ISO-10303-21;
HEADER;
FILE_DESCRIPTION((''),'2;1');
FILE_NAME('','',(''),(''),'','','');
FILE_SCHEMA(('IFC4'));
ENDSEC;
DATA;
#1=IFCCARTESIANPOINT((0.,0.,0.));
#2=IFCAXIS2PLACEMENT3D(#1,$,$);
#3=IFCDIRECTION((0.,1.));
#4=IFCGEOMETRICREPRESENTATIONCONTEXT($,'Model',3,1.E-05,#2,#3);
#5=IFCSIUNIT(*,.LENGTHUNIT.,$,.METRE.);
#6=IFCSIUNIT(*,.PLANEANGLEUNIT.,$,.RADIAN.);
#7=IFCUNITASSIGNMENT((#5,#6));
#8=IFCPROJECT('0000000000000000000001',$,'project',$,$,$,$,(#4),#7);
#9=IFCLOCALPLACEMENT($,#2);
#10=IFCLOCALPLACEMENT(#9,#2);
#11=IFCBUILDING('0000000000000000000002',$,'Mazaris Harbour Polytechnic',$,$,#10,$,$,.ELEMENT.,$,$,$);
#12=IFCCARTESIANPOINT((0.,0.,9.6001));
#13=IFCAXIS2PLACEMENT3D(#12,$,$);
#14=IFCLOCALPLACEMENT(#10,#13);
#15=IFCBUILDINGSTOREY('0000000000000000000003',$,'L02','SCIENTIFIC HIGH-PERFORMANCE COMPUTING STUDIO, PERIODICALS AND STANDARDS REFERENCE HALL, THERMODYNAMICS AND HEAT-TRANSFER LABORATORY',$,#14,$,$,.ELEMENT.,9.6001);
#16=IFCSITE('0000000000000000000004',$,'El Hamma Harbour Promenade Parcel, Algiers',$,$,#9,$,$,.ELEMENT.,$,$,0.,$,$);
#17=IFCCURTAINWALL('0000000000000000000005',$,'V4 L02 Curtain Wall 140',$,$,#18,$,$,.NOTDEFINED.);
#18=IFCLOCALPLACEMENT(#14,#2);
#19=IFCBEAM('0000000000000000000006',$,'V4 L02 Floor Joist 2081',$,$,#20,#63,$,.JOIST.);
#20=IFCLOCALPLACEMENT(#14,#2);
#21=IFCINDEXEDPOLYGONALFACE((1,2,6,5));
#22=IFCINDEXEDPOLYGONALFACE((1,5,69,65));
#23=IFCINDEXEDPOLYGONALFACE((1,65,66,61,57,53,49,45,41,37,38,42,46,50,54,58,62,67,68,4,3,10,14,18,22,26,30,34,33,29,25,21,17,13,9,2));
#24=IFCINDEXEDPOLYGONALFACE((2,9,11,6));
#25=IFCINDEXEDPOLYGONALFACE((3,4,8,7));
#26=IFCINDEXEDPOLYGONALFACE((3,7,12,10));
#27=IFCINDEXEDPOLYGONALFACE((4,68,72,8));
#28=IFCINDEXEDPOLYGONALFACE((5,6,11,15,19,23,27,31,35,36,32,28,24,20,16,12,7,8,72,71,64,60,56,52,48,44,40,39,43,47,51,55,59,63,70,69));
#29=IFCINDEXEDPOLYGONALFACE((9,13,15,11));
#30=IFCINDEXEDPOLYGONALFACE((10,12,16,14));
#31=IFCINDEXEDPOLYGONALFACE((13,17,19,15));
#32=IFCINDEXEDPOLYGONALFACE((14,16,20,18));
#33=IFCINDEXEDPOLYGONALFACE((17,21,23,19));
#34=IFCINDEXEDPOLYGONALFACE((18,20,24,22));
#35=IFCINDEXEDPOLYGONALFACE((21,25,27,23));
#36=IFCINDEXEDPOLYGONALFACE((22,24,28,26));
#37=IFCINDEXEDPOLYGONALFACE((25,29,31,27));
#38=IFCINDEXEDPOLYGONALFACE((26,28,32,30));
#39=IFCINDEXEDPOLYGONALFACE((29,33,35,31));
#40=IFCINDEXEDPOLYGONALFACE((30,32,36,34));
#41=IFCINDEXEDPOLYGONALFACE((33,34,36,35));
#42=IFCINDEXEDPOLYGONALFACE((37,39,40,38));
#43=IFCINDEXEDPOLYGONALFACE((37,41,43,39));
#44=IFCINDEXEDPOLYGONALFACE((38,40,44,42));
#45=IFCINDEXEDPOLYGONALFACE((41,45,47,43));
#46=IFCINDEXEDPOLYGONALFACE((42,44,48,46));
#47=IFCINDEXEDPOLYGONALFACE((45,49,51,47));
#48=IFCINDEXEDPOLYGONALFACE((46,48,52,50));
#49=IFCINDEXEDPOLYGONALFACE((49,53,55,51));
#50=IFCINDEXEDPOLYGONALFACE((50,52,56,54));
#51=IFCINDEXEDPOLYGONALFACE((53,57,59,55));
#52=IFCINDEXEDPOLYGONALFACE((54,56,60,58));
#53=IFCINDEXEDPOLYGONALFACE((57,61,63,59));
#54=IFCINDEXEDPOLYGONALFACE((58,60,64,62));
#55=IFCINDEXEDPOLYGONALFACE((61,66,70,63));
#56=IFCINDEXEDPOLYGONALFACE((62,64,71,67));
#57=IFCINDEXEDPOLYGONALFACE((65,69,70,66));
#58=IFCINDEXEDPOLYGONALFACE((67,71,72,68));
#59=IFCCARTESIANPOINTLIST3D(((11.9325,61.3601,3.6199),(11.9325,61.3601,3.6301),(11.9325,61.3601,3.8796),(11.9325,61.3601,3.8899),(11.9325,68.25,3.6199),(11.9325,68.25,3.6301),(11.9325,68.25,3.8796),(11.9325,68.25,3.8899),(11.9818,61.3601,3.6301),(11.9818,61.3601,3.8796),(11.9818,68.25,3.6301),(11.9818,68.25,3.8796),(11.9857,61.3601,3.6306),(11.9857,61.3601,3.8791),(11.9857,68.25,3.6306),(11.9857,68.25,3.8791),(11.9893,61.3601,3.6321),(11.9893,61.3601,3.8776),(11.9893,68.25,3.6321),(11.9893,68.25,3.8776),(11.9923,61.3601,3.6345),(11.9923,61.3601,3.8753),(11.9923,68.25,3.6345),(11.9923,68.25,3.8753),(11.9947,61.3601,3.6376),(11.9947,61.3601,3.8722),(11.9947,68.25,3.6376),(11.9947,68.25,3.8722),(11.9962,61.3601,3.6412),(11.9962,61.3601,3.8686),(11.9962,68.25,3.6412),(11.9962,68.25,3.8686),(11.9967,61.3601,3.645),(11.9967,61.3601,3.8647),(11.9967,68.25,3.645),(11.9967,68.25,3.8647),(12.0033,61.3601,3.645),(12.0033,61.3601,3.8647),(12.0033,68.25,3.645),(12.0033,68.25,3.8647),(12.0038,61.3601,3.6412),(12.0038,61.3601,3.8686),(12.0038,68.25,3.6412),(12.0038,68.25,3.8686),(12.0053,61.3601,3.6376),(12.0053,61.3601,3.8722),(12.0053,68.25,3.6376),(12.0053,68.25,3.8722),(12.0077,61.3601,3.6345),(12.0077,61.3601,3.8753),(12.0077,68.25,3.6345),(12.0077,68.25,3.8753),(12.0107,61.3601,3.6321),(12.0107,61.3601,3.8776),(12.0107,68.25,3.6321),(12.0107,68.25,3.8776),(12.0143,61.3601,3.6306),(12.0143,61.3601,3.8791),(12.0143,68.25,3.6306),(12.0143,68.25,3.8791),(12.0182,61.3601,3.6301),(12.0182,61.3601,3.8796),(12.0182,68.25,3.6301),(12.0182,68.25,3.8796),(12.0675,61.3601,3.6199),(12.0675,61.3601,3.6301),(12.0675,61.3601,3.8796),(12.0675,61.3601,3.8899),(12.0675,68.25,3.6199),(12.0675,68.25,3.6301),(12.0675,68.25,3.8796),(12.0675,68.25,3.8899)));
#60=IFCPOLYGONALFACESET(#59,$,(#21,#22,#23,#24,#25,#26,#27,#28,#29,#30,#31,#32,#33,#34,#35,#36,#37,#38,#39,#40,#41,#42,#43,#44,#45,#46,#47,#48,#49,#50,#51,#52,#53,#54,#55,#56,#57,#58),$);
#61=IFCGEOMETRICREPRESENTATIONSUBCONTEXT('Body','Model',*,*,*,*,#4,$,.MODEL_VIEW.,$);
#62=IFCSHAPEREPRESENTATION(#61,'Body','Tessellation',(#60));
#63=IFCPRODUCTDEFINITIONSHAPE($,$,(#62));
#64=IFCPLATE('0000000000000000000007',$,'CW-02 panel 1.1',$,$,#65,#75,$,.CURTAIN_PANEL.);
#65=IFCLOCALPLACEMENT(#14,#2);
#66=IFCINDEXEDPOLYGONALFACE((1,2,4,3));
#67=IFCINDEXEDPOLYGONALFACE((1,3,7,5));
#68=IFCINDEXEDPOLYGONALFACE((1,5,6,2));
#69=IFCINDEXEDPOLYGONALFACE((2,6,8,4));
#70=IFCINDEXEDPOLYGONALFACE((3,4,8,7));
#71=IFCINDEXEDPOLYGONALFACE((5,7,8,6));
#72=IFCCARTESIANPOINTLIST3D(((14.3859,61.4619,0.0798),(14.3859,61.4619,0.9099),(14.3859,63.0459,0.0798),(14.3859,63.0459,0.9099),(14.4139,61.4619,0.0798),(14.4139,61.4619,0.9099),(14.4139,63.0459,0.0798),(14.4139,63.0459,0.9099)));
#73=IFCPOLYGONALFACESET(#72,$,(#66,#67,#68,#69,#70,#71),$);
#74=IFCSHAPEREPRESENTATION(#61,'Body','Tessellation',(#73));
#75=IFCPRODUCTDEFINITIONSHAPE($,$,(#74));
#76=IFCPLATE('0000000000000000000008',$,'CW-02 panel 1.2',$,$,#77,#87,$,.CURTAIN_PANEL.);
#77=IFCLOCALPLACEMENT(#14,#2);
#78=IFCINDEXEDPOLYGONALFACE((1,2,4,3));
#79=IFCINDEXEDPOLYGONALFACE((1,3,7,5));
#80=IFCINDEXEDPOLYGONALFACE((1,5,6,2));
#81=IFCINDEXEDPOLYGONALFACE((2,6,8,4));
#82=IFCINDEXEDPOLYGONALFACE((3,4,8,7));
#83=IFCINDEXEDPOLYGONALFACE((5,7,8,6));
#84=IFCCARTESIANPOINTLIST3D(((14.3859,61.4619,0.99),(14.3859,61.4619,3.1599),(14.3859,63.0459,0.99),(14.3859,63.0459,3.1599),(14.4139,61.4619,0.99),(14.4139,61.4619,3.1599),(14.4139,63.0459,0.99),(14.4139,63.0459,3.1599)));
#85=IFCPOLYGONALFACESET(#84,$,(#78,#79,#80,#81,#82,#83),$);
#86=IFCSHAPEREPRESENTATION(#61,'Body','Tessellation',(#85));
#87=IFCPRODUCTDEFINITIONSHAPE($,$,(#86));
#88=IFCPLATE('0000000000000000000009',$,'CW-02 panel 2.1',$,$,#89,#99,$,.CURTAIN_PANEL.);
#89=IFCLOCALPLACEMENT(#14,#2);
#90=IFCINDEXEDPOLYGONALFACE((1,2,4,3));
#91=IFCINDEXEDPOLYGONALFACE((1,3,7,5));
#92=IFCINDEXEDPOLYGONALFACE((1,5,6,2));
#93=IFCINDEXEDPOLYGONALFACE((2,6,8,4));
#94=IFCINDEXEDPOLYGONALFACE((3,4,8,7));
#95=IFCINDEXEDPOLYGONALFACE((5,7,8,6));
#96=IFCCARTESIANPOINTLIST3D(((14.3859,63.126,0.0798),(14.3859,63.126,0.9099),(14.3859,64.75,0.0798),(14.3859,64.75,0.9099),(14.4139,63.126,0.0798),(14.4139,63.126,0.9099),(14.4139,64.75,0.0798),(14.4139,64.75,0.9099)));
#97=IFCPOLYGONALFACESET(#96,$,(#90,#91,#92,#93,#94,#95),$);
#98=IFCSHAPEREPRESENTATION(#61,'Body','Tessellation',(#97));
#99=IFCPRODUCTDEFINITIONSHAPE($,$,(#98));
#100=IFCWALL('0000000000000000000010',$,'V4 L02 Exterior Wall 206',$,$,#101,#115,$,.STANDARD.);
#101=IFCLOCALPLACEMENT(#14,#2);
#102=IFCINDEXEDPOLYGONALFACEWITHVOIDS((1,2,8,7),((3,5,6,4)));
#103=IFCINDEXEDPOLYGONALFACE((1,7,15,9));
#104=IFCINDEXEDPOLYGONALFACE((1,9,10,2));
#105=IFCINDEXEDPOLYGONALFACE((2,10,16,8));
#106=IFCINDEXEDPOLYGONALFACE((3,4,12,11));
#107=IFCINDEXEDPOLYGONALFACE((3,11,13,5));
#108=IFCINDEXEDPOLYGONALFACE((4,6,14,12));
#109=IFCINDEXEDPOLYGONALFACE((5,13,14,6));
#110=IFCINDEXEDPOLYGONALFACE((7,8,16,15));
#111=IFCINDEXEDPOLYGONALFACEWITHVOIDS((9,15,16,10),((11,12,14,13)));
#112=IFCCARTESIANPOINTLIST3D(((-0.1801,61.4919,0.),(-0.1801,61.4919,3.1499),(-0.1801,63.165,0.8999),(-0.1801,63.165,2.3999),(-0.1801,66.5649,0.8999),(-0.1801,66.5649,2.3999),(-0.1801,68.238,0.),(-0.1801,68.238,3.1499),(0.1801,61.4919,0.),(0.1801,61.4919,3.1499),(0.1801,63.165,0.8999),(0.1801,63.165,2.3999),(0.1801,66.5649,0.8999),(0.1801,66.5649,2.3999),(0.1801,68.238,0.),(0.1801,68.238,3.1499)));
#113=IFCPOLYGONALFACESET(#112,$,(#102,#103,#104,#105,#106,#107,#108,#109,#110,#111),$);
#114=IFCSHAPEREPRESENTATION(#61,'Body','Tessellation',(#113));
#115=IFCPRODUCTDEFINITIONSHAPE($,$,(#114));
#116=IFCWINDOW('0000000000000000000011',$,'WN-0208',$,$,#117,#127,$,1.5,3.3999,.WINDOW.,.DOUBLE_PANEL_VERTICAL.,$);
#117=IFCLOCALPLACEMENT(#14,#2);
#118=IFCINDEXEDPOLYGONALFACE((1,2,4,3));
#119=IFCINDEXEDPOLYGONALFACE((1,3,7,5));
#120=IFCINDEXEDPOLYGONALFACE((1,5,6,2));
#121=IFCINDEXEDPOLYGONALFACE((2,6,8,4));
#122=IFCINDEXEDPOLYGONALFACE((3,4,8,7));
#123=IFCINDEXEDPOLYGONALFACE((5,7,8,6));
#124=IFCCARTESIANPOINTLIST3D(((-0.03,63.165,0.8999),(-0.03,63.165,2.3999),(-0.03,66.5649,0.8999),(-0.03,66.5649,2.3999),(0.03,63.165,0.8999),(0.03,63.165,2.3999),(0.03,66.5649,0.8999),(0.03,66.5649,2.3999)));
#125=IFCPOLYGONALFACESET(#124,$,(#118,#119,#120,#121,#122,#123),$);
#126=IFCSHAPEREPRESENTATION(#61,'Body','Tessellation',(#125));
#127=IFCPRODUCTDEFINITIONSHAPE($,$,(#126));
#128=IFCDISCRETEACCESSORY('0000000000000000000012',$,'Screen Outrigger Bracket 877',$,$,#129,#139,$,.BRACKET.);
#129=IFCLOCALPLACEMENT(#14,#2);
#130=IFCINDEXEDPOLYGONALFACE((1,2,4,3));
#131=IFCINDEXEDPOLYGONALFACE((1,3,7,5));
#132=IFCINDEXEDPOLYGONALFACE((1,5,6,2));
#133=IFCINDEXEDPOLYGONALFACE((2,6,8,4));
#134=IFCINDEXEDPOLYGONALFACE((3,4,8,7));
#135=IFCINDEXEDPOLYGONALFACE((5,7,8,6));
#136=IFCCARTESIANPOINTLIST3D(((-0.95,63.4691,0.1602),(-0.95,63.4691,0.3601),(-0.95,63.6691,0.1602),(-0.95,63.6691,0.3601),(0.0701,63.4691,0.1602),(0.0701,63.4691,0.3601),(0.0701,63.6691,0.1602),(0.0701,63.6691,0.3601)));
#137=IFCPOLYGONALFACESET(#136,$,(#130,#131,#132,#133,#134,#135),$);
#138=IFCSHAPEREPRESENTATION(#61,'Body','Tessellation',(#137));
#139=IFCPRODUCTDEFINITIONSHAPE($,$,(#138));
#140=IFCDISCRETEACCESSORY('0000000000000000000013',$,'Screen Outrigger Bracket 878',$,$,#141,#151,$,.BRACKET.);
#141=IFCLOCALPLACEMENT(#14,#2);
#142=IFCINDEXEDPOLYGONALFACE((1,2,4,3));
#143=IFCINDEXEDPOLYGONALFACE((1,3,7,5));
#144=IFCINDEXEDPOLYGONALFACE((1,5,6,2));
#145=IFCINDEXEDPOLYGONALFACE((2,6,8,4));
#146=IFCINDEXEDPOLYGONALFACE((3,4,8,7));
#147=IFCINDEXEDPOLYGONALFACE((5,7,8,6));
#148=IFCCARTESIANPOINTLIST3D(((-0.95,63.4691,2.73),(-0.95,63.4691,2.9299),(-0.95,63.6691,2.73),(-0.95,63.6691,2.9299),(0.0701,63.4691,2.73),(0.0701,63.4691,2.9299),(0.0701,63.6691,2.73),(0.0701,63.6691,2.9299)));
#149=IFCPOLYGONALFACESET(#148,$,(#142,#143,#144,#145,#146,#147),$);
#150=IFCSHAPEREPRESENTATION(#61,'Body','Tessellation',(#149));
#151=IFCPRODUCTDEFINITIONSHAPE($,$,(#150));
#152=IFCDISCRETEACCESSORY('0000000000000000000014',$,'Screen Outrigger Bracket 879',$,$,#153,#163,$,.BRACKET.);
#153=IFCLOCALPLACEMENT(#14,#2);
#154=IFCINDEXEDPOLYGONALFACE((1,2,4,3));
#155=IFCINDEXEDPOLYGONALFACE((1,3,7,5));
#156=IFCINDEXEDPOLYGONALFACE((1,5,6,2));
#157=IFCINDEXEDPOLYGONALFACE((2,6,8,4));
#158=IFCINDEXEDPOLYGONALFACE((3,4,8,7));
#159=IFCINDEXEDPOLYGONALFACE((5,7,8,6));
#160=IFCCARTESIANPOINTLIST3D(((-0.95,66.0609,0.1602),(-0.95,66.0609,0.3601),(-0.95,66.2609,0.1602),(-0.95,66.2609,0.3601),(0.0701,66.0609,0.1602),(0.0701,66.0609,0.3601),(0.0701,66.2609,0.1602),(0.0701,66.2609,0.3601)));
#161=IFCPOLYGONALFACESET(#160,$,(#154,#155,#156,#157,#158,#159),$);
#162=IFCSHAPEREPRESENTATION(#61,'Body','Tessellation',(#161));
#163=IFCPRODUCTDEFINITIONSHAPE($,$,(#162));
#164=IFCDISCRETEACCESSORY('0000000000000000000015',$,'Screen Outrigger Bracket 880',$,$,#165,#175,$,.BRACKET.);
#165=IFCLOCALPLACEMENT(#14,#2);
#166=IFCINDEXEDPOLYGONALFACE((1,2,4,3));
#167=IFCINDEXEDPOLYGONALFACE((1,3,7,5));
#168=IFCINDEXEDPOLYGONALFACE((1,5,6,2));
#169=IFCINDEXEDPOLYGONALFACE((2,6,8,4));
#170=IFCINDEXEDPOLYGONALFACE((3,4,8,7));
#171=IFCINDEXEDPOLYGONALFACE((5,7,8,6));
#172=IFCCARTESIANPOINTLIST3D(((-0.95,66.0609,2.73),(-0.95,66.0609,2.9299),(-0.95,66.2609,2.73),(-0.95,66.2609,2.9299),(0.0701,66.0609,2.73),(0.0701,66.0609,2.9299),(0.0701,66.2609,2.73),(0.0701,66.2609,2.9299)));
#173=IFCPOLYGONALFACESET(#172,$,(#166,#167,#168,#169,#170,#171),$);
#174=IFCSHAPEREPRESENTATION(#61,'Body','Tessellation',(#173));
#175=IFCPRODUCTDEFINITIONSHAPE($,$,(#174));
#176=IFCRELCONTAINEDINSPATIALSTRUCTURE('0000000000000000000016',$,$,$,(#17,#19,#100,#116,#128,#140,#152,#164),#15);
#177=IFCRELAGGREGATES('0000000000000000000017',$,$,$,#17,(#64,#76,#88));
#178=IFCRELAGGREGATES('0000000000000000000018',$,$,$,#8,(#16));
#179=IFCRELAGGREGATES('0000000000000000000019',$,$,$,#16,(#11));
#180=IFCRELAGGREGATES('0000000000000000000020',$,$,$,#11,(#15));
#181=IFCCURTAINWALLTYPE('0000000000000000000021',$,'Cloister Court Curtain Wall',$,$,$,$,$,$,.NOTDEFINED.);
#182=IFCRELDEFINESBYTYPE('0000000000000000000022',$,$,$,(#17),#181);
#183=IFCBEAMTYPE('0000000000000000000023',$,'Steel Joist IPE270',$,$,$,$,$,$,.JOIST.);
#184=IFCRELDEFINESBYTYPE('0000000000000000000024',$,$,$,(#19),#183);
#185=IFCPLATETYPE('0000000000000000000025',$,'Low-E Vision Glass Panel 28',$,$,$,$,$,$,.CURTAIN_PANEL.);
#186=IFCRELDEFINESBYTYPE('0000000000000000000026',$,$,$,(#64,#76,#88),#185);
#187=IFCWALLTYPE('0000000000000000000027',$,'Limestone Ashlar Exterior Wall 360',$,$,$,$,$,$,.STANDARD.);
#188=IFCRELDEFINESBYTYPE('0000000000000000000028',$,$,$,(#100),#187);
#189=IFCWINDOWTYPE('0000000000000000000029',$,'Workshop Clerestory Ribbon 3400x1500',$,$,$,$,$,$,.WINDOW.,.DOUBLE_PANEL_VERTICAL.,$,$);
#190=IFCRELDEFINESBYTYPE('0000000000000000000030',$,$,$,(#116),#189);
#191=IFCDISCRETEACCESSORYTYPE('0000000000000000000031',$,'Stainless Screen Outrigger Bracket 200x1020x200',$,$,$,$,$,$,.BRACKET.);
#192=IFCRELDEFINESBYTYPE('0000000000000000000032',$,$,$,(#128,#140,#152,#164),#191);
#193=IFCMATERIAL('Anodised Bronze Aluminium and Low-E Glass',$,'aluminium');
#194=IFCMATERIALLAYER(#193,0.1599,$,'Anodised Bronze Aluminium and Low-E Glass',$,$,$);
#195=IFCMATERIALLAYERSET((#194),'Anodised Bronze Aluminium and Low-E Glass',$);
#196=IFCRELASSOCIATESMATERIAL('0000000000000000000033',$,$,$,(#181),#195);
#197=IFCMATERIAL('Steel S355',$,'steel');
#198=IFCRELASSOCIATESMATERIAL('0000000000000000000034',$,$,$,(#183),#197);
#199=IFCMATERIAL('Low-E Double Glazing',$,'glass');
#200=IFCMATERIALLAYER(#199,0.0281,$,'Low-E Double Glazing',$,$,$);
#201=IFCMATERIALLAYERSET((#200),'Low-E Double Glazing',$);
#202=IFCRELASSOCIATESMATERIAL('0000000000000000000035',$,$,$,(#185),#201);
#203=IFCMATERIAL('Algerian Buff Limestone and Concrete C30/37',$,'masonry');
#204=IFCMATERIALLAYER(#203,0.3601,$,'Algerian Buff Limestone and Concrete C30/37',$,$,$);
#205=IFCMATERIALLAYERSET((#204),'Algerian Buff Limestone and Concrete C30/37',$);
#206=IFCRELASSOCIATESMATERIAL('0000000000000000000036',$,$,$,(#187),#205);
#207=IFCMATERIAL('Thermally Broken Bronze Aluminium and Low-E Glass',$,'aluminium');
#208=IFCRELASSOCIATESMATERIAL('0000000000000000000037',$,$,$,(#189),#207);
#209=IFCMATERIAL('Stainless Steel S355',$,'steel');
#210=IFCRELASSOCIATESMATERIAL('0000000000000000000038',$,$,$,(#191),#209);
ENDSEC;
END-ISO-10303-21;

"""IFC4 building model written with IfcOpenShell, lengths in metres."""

from ifc_helpers import new_model, si_unit, direction, frame, frame_2d, origin, origin_2d, place, context, subcontext, project, spatial, rectangle, i_section, extrude, material, layer, layer_set, material_profile, profile_set, type_object, element, fill, aggregate, save


model = new_model("IFC4")

# Units and contexts
model_context = context("Model", 3, precision=1e-05, world=origin(), true_north=direction((0.0, 1.0)))
body_context = subcontext(model_context, "Body", "Model", "MODEL_VIEW")
ifc_project = project(units=[si_unit("LENGTHUNIT", "METRE"), si_unit("PLANEANGLEUNIT", "RADIAN")], contexts=[model_context])

# Site, building, storey
site_placement = place(None, origin())
site = spatial("IfcSite", under=ifc_project, at=site_placement, Name="El Hamma Harbour Promenade Parcel, Algiers", CompositionType="ELEMENT", RefElevation=0.0)
building_placement = place(site_placement, origin())
building = spatial("IfcBuilding", under=site, at=building_placement, Name="Mazaris Harbour Polytechnic", CompositionType="ELEMENT")
storey_placement = place(building_placement, frame((0.0, 0.0, 9.6001)))
storey = spatial("IfcBuildingStorey", under=building, at=storey_placement, Name="L02", Description="SCIENTIFIC HIGH-PERFORMANCE COMPUTING STUDIO, PERIODICALS AND STANDARDS REFERENCE HALL, THERMODYNAMICS AND HEAT-TRANSFER LABORATORY", CompositionType="ELEMENT", Elevation=9.6001)

# Shared definitions
ifc_material_1 = material(Name="Anodised Bronze Aluminium and Low-E Glass", Category="aluminium")
ifc_layer_1 = layer(ifc_material_1, 0.1599, Name="Anodised Bronze Aluminium and Low-E Glass")
ifc_layer_set_1 = layer_set([ifc_layer_1], Name="Anodised Bronze Aluminium and Low-E Glass")
curtain_wall_type = type_object("IfcCurtainWallType", Name="Cloister Court Curtain Wall", PredefinedType="NOTDEFINED", material=ifc_layer_set_1)

# Curtain wall
curtain_wall_1_placement = place(storey_placement, origin())
curtain_wall_1 = element("IfcCurtainWall", 1, at=curtain_wall_1_placement, inside=storey, type_object=curtain_wall_type, Name="V4 L02 Curtain Wall 140", PredefinedType="NOTDEFINED")

# Beam
ifc_material_2 = material(Name="Steel S355", Category="steel")
ifc_material_profile_1 = material_profile(ifc_material_2, i_section(OverallWidth=0.135, OverallDepth=0.27, WebThickness=0.0066, FlangeThickness=0.0103, FilletRadius=0.0149, at=origin_2d()), Name="IPE 270")
ifc_profile_set_1 = profile_set([ifc_material_profile_1], Name="Steel S355")
beam_type_1 = type_object("IfcBeamType", Name="Steel Joist IPE270", PredefinedType="JOIST", material=ifc_profile_set_1)
beam_1_placement = place(storey_placement, frame((12.0, 61.3601, 3.7549), z_axis=(0.0, 1.0, 0.0), x_axis=(-1.0, 0.0, 0.0)))
element("IfcBeam", 2, at=beam_1_placement, inside=storey, type_object=beam_type_1, Name="V4 L02 Floor Joist 2081", PredefinedType="JOIST", context=body_context, shape_type="SweptSolid", body=[
    extrude(i_section(OverallWidth=0.135, OverallDepth=0.27, WebThickness=0.0066, FlangeThickness=0.0103, FilletRadius=0.0149, at=origin_2d()), origin(), (0.0, 0.0, 1.0), 6.8899),
])

# Plates
ifc_material_3 = material(Name="Low-E Double Glazing", Category="glass")
ifc_layer_2 = layer(ifc_material_3, 0.0281, Name="Low-E Double Glazing")
ifc_layer_set_2 = layer_set([ifc_layer_2], Name="Low-E Double Glazing")
plate_type = type_object("IfcPlateType", Name="Low-E Vision Glass Panel 28", PredefinedType="CURTAIN_PANEL", material=ifc_layer_set_2)
plate_1_placement = place(storey_placement, frame((14.3999, 62.2539, 0.0798), z_axis=(0.0, 0.0, 1.0), x_axis=(0.0, 1.0, 0.0)))
plate_1 = element("IfcPlate", 3, at=plate_1_placement, type_object=plate_type, Name="CW-02 panel 1.1", PredefinedType="CURTAIN_PANEL", context=body_context, shape_type="SweptSolid", body=[
    extrude(rectangle(XDim=1.584, YDim=0.0281, at=origin_2d()), origin(), (0.0, 0.0, 1.0), 0.8301),
])
plate_2_placement = place(storey_placement, frame((14.3999, 62.2539, 0.99), z_axis=(0.0, 0.0, 1.0), x_axis=(0.0, 1.0, 0.0)))
plate_2 = element("IfcPlate", 4, at=plate_2_placement, type_object=plate_type, Name="CW-02 panel 1.2", PredefinedType="CURTAIN_PANEL", context=body_context, shape_type="SweptSolid", body=[
    extrude(rectangle(XDim=1.584, YDim=0.0281, at=origin_2d()), origin(), (0.0, 0.0, 1.0), 2.1699),
])
plate_3_placement = place(storey_placement, frame((14.3999, 63.938, 0.0798), z_axis=(0.0, 0.0, 1.0), x_axis=(0.0, 1.0, 0.0)))
plate_3 = element("IfcPlate", 5, at=plate_3_placement, type_object=plate_type, Name="CW-02 panel 2.1", PredefinedType="CURTAIN_PANEL", context=body_context, shape_type="SweptSolid", body=[
    extrude(rectangle(XDim=1.624, YDim=0.0281, at=origin_2d()), origin(), (0.0, 0.0, 1.0), 0.8301),
])
aggregate(curtain_wall_1, [plate_1, plate_2, plate_3])

# Wall, opening, window
ifc_material_4 = material(Name="Algerian Buff Limestone and Concrete C30/37", Category="masonry")
ifc_layer_3 = layer(ifc_material_4, 0.3601, Name="Algerian Buff Limestone and Concrete C30/37")
ifc_layer_set_3 = layer_set([ifc_layer_3], Name="Algerian Buff Limestone and Concrete C30/37")
wall_type = type_object("IfcWallType", Name="Limestone Ashlar Exterior Wall 360", PredefinedType="STANDARD", material=ifc_layer_set_3)
wall_placement = place(storey_placement, frame((0.0, 61.4919, 0.0), z_axis=(0.0, 0.0, 1.0), x_axis=(0.0, 1.0, 0.0)))
wall = element("IfcWall", 6, at=wall_placement, inside=storey, type_object=wall_type, Name="V4 L02 Exterior Wall 206", PredefinedType="STANDARD", context=body_context, shape_type="SweptSolid", body=[
    extrude(rectangle(XDim=6.7461, YDim=0.3601, at=frame_2d((3.373, 0.0))), origin(), (0.0, 0.0, 1.0), 3.1499),
])
opening_placement = place(wall_placement, frame((1.6731, 0.0, 0.8999)))
opening = element("IfcOpeningElement", 7, at=opening_placement, cuts=wall, PredefinedType="OPENING", context=body_context, shape_type="SweptSolid", body=[
    extrude(rectangle(XDim=3.3999, YDim=1.5, at=frame_2d((1.7, 0.75))), frame((0.0, 0.1899, 0.0), z_axis=(0.0, -1.0, 0.0), x_axis=(1.0, 0.0, 0.0)), (0.0, 0.0, 1.0), 0.3801),
])
ifc_material_5 = material(Name="Thermally Broken Bronze Aluminium and Low-E Glass", Category="aluminium")
window_type = type_object("IfcWindowType", Name="Workshop Clerestory Ribbon 3400x1500", PartitioningType="DOUBLE_PANEL_VERTICAL", PredefinedType="WINDOW", material=ifc_material_5)
window_placement = place(opening_placement, origin())
window = element("IfcWindow", 8, at=window_placement, inside=storey, type_object=window_type, Name="WN-0208", OverallHeight=1.5, OverallWidth=3.3999, PartitioningType="DOUBLE_PANEL_VERTICAL", PredefinedType="WINDOW", context=body_context, shape_type="SweptSolid", body=[
    extrude(rectangle(XDim=3.3999, YDim=1.5, at=frame_2d((1.7, 0.75))), frame((0.0, 0.03, 0.0), z_axis=(0.0, -1.0, 0.0), x_axis=(1.0, 0.0, 0.0)), (0.0, 0.0, 1.0), 0.0601),
])
fill(opening, window)

# Discrete accessories
ifc_material_6 = material(Name="Stainless Steel S355", Category="steel")
discrete_accessory_type = type_object("IfcDiscreteAccessoryType", Name="Stainless Screen Outrigger Bracket 200x1020x200", PredefinedType="BRACKET", material=ifc_material_6)
for number, where, z_axis, x_axis, name in (
    (9, (-0.4399, 63.5691, 0.1602), (0.0, 0.0, 1.0), (0.0, 1.0, 0.0), "Screen Outrigger Bracket 877"),
    (10, (-0.4399, 63.5691, 2.73), (0.0, 0.0, 1.0), (0.0, 1.0, 0.0), "Screen Outrigger Bracket 878"),
    (11, (-0.4399, 66.1609, 0.1602), (0.0, 0.0, 1.0), (0.0, 1.0, 0.0), "Screen Outrigger Bracket 879"),
    (12, (-0.4399, 66.1609, 2.73), (0.0, 0.0, 1.0), (0.0, 1.0, 0.0), "Screen Outrigger Bracket 880"),
):
    element("IfcDiscreteAccessory", number, at=place(storey_placement, frame(where, z_axis=z_axis, x_axis=x_axis)), inside=storey, type_object=discrete_accessory_type, Name=name, PredefinedType="BRACKET", context=body_context, shape_type="SweptSolid", body=[
        extrude(rectangle(XDim=0.2, YDim=1.02, at=origin_2d()), origin(), (0.0, 0.0, 1.0), 0.2),
    ])

save(model, "model.ifc")
